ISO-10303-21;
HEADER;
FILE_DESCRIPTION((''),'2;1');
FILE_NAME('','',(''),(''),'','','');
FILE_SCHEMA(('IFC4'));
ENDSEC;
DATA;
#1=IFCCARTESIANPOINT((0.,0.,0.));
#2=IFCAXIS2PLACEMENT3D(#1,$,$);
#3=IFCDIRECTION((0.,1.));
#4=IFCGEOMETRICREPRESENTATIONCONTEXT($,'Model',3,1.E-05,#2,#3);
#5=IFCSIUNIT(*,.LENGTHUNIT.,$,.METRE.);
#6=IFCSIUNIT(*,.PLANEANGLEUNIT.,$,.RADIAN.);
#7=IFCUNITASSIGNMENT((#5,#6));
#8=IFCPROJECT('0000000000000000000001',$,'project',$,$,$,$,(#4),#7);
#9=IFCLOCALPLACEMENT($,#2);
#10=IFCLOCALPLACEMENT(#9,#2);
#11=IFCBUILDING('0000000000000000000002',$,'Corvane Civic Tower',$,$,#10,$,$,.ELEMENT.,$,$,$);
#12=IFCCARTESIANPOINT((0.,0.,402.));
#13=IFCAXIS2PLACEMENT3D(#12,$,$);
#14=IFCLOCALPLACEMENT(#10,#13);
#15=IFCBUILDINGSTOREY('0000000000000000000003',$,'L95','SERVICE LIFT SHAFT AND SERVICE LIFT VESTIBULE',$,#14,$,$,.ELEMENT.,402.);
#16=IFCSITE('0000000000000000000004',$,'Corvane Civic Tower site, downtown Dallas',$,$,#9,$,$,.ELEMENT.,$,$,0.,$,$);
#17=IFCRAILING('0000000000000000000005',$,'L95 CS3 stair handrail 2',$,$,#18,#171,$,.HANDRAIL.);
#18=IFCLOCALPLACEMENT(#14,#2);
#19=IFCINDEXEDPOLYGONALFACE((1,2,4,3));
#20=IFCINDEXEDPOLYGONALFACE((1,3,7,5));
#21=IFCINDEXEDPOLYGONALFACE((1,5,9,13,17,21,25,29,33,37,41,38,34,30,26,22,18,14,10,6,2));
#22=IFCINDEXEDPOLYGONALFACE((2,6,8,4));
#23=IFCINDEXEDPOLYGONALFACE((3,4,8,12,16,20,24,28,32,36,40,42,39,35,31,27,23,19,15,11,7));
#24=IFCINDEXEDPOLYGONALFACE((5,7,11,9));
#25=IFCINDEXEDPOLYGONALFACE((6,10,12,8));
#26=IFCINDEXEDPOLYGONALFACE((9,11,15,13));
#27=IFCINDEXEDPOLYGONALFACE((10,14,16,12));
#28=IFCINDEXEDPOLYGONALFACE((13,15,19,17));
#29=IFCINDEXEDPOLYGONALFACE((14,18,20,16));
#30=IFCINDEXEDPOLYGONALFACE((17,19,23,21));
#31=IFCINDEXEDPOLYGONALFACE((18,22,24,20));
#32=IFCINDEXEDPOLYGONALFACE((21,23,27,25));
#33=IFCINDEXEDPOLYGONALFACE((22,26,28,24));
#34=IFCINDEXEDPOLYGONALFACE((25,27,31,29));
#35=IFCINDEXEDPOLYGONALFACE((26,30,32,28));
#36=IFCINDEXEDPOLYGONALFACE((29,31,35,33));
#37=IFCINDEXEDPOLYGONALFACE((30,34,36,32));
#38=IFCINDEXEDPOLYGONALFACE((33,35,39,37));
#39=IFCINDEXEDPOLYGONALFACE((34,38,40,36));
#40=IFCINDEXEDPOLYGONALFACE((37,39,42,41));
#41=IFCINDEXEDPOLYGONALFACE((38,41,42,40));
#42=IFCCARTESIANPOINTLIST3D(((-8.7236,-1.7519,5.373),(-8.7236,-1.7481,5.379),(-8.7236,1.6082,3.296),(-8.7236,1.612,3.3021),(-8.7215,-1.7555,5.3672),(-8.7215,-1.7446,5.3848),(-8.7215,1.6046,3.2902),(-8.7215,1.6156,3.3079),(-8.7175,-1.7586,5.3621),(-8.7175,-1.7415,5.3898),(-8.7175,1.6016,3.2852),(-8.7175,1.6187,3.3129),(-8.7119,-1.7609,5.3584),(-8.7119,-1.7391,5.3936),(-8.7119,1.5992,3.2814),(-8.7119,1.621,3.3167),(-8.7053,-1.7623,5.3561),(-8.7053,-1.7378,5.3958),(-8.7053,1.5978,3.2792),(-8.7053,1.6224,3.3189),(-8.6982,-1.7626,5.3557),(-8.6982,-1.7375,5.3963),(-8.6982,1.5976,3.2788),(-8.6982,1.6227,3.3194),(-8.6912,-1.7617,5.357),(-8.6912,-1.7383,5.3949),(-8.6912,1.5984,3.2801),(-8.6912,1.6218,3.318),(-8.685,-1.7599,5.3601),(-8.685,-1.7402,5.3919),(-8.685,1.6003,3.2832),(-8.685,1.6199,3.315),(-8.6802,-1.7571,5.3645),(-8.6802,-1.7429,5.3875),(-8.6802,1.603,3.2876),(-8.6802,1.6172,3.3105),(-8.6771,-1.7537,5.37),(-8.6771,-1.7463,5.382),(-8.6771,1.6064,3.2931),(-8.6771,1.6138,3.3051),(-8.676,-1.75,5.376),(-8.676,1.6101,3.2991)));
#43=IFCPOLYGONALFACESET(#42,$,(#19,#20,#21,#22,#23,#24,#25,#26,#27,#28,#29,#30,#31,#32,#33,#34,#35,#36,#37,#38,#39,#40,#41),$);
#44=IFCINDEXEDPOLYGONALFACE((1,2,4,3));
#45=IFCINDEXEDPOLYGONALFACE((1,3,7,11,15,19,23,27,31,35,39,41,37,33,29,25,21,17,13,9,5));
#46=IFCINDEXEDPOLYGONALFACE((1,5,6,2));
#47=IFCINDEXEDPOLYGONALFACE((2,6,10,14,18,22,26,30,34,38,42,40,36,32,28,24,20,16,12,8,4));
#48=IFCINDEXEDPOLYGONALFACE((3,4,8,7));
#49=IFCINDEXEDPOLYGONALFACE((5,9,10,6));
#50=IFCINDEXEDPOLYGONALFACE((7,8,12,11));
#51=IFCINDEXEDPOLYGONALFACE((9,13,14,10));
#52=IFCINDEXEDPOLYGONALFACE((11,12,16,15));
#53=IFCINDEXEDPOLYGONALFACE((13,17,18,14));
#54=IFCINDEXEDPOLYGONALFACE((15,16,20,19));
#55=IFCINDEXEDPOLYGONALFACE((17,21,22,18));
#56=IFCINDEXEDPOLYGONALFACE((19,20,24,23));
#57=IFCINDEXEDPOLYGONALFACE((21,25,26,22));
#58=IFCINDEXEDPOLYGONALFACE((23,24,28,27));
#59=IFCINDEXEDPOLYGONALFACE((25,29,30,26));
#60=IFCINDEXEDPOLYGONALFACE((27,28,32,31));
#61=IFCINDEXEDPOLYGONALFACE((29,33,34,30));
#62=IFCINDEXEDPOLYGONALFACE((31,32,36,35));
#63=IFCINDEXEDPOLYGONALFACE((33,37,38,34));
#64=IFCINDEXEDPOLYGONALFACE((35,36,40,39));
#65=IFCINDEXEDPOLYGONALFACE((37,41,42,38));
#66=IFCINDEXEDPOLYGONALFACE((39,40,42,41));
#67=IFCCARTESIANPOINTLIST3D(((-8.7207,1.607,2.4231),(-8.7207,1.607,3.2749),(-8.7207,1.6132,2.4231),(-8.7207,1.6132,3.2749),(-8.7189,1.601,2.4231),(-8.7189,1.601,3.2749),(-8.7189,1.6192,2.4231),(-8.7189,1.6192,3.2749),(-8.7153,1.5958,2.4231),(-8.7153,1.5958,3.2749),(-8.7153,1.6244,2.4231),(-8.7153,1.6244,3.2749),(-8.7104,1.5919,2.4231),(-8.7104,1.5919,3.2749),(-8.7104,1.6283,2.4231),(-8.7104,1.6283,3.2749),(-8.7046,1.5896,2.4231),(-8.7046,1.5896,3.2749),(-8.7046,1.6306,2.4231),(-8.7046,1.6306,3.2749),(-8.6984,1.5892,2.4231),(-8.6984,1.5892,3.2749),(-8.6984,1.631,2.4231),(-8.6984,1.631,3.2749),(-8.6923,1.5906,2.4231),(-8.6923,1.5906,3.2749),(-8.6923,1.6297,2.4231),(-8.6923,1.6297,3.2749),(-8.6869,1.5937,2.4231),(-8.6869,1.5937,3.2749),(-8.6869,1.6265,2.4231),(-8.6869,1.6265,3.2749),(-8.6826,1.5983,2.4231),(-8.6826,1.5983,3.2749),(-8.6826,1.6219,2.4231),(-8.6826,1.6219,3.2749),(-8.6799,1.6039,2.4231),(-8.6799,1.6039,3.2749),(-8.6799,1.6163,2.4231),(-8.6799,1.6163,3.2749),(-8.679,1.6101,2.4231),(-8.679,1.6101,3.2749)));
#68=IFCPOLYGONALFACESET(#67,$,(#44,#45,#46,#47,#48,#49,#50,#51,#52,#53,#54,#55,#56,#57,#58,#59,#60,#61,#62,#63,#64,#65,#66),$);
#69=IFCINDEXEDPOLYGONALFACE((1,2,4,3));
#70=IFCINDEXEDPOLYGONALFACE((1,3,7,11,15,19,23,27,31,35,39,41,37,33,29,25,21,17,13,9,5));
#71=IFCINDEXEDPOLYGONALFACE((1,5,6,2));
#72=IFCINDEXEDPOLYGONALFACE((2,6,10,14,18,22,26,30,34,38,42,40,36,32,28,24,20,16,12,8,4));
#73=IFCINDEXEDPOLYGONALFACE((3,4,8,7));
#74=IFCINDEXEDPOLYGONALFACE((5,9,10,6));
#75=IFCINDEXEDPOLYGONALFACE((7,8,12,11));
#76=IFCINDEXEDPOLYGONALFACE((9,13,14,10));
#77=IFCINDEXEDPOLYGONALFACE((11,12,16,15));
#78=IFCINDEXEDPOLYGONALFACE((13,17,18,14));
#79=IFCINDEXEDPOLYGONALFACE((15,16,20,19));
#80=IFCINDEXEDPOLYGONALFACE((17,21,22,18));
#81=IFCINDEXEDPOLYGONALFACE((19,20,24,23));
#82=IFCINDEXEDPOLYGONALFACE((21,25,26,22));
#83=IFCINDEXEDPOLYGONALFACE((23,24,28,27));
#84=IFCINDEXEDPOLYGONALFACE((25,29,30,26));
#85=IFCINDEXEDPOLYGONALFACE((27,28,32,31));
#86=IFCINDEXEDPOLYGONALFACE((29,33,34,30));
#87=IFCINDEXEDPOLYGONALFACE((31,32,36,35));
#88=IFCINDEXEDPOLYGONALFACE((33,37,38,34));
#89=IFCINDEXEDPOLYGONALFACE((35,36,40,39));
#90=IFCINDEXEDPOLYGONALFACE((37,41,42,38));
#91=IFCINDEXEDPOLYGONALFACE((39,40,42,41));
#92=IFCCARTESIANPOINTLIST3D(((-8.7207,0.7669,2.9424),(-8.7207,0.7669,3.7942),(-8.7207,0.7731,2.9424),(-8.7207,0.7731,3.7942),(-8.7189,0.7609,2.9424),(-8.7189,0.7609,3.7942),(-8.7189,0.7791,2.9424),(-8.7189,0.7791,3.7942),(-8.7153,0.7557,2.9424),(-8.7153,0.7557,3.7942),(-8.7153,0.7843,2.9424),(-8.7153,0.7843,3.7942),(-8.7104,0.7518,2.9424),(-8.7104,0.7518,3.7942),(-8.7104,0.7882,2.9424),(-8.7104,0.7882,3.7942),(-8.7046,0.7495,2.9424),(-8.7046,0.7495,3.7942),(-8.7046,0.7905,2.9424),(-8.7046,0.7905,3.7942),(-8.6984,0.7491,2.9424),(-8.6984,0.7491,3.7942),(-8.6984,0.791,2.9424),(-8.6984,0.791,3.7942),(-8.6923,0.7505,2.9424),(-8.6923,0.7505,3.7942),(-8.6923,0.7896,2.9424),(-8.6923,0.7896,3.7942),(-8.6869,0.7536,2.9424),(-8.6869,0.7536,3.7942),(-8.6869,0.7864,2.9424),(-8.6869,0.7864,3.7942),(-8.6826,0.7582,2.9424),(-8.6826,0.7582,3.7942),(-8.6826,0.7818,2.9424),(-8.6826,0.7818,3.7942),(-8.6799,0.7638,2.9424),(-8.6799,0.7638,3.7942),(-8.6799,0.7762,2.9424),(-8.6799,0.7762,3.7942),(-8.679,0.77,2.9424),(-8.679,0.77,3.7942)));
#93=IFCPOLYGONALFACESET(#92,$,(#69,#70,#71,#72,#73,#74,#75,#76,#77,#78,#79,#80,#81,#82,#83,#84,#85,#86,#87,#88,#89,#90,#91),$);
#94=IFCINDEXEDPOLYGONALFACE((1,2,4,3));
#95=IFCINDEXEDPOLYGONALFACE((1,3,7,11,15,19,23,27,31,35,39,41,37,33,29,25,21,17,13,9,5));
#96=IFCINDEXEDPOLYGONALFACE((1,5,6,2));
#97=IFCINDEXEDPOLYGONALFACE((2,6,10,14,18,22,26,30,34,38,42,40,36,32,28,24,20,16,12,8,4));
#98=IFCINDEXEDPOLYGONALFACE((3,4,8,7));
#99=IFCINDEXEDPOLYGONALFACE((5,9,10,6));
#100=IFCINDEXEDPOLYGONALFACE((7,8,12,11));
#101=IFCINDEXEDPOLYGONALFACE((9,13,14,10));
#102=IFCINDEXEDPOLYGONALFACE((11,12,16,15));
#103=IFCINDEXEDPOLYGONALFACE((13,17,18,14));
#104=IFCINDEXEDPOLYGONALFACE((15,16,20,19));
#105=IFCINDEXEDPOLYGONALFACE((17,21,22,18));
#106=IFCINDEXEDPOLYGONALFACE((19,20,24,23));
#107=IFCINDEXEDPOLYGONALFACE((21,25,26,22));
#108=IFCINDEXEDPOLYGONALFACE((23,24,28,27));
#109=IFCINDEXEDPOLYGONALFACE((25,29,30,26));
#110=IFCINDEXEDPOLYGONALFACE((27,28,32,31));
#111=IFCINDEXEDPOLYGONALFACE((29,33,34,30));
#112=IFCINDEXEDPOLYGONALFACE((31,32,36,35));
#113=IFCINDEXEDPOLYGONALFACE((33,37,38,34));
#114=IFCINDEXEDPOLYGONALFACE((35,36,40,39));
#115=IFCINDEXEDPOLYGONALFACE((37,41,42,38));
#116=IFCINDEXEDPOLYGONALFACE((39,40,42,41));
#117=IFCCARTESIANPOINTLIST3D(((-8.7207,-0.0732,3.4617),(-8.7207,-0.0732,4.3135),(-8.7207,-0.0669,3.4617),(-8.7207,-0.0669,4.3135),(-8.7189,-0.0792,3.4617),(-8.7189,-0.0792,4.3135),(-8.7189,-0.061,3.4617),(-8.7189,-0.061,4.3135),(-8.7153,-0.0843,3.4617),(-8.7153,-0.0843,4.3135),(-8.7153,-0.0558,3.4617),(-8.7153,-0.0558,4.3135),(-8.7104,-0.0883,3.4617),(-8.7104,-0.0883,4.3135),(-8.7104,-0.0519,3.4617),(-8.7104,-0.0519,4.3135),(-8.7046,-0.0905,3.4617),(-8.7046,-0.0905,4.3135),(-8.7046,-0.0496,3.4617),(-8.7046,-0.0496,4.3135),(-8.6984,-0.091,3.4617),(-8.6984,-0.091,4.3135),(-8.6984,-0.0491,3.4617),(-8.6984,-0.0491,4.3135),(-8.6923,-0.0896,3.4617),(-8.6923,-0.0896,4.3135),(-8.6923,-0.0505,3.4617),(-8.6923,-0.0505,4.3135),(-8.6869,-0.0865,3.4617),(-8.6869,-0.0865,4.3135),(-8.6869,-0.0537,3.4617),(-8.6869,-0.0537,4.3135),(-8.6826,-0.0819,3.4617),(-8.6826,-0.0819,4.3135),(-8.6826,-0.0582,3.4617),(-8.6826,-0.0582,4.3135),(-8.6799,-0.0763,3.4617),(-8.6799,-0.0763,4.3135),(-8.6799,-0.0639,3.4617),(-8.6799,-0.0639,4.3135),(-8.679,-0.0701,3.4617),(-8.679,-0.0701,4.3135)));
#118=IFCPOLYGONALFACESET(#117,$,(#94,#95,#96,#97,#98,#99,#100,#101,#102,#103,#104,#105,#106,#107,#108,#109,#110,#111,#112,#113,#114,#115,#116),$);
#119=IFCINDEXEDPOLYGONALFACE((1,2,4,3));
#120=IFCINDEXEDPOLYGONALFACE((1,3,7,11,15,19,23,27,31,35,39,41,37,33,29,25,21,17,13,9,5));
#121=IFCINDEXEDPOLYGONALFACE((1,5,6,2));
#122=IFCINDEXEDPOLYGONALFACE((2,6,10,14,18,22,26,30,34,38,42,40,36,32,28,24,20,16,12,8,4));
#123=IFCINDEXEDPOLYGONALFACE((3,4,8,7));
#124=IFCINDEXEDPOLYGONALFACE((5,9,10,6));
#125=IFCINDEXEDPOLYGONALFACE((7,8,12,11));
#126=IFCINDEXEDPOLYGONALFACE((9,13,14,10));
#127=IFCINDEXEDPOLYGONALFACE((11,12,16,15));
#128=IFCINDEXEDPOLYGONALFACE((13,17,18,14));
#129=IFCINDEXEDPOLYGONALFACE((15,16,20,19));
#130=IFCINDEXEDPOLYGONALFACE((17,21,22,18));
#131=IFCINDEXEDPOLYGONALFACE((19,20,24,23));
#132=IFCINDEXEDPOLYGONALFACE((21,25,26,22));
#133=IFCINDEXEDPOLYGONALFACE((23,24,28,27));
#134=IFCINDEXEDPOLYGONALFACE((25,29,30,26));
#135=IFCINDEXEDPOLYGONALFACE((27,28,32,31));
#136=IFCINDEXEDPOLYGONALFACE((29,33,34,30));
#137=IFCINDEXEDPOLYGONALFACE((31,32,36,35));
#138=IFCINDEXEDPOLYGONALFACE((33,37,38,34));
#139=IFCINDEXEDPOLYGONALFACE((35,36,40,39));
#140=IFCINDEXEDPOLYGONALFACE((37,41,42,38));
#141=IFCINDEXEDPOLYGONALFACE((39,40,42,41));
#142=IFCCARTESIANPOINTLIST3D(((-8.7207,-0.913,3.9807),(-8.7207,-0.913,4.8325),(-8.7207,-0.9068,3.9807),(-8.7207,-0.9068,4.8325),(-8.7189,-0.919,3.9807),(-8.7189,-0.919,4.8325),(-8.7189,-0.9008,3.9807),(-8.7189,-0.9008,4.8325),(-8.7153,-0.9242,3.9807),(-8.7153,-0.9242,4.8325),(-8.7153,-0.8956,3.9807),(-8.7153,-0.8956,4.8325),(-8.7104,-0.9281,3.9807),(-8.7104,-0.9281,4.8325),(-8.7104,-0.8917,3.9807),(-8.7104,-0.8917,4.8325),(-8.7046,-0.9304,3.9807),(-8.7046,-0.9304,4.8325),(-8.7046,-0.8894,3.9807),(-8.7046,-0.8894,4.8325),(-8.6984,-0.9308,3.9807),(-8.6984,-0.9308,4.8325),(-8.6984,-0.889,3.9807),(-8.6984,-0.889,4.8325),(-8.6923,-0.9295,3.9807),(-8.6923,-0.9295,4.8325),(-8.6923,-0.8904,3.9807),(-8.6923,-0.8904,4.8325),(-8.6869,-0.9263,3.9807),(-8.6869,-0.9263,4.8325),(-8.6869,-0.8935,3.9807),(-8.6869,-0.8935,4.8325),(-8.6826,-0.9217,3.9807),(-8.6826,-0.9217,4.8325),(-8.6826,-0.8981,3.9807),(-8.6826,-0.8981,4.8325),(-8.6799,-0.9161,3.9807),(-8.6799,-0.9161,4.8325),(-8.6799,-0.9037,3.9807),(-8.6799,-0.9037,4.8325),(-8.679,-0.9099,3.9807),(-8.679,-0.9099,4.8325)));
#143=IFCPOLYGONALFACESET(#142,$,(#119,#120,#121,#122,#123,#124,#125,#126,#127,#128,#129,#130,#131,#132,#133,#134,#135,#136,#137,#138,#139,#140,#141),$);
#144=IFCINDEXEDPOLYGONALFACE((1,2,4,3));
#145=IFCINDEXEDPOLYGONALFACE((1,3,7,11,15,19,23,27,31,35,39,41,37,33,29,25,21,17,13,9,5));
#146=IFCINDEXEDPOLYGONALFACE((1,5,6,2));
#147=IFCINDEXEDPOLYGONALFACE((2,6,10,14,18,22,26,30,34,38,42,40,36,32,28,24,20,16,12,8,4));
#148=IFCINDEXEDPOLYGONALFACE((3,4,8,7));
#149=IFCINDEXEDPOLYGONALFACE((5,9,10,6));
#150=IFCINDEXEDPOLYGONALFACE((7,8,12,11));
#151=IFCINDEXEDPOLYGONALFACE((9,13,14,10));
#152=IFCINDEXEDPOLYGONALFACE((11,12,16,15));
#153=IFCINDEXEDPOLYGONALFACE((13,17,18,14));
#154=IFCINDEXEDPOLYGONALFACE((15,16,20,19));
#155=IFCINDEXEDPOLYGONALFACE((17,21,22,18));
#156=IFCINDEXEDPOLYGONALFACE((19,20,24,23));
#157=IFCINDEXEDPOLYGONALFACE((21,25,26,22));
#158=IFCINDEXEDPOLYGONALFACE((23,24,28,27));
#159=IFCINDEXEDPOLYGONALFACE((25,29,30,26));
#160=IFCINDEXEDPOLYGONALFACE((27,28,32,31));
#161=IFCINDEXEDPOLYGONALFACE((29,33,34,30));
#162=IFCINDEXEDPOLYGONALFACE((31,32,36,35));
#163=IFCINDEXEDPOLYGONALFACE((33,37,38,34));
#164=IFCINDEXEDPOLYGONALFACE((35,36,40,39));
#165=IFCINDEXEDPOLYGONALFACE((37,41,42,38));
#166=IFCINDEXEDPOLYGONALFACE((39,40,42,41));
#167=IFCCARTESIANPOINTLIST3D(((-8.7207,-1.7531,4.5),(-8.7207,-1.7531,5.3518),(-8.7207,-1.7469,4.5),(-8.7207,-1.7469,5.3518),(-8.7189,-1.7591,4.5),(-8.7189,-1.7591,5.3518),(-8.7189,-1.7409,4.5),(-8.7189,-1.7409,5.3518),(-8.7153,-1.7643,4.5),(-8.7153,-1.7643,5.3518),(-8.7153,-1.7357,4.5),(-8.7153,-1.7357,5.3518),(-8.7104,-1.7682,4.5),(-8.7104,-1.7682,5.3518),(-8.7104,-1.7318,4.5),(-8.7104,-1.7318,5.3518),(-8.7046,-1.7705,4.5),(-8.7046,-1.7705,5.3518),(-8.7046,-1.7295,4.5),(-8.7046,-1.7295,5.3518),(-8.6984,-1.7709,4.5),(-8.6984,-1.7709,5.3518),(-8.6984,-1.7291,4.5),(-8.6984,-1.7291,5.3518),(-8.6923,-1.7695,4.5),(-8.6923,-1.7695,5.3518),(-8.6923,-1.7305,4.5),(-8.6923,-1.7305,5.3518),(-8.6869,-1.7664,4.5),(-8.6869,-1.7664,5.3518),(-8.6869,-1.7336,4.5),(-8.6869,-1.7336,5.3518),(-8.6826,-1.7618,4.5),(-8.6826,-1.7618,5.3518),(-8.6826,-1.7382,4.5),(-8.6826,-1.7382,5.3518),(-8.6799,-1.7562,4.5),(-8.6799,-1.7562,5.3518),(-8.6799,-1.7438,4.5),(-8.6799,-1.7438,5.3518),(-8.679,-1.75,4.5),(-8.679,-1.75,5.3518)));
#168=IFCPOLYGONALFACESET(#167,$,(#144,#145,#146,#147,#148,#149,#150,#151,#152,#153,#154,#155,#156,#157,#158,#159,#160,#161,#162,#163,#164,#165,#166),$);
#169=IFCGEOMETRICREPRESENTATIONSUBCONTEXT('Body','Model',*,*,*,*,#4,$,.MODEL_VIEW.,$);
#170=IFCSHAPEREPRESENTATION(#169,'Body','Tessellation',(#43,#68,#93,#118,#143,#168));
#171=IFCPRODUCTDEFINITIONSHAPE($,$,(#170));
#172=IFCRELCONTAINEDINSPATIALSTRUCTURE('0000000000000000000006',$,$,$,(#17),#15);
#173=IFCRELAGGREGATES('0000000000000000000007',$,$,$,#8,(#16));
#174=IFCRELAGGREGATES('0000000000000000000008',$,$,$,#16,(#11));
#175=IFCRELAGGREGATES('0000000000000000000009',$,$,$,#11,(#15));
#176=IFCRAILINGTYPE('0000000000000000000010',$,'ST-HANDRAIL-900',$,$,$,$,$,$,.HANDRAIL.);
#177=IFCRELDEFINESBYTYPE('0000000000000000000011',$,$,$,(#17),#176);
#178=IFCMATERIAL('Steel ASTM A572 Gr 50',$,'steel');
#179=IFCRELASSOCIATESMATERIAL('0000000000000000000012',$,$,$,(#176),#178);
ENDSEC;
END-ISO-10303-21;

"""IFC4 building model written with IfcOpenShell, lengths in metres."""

from ifc_helpers import new_model, si_unit, direction, frame, origin, origin_2d, place, context, subcontext, project, spatial, circle, extrude, material, type_object, element, save


model = new_model("IFC4")

# Units and contexts
model_context = context("Model", 3, precision=1e-05, world=origin(), true_north=direction((0.0, 1.0)))
body_context = subcontext(model_context, "Body", "Model", "MODEL_VIEW")
ifc_project = project(units=[si_unit("LENGTHUNIT", "METRE"), si_unit("PLANEANGLEUNIT", "RADIAN")], contexts=[model_context])

# Site, building, storey
site_placement = place(None, origin())
site = spatial("IfcSite", under=ifc_project, at=site_placement, Name="Corvane Civic Tower site, downtown Dallas", CompositionType="ELEMENT", RefElevation=0.0)
building_placement = place(site_placement, origin())
building = spatial("IfcBuilding", under=site, at=building_placement, Name="Corvane Civic Tower", CompositionType="ELEMENT")
storey_placement = place(building_placement, frame((0.0, 0.0, 402.0)))
storey = spatial("IfcBuildingStorey", under=building, at=storey_placement, Name="L95", Description="SERVICE LIFT SHAFT AND SERVICE LIFT VESTIBULE", CompositionType="ELEMENT", Elevation=402.0)

# Railing
ifc_material_1 = material(Name="Steel ASTM A572 Gr 50", Category="steel")
railing_type = type_object("IfcRailingType", Name="ST-HANDRAIL-900", PredefinedType="HANDRAIL", material=ifc_material_1)
railing_placement = place(storey_placement, frame((-8.7, 1.6101, 2.4231)))
element("IfcRailing", 1, at=railing_placement, inside=storey, type_object=railing_type, Name="L95 CS3 stair handrail 2", PredefinedType="HANDRAIL", context=body_context, shape_type="SweptSolid", body=[
    extrude(circle(Radius=0.0239, at=origin_2d()), frame((0.0, 0.0, 0.876), z_axis=(0.0, -0.850623, 0.525776), x_axis=(1.0, 0.0, 0.0)), (0.0, 0.0, 1.0), 3.9502),
    extrude(circle(Radius=0.021, at=origin_2d()), origin(), (0.0, 0.0, 1.0), 0.8518),
    extrude(circle(Radius=0.021, at=origin_2d()), frame((0.0, -0.8401, 0.5193)), (0.0, 0.0, 1.0), 0.8518),
    extrude(circle(Radius=0.021, at=origin_2d()), frame((0.0, -1.6802, 1.0386)), (0.0, 0.0, 1.0), 0.8518),
    extrude(circle(Radius=0.021, at=origin_2d()), frame((0.0, -2.52, 1.5576)), (0.0, 0.0, 1.0), 0.8518),
    extrude(circle(Radius=0.021, at=origin_2d()), frame((0.0, -3.3601, 2.0769)), (0.0, 0.0, 1.0), 0.8518),
])

save(model, "model.ifc")
